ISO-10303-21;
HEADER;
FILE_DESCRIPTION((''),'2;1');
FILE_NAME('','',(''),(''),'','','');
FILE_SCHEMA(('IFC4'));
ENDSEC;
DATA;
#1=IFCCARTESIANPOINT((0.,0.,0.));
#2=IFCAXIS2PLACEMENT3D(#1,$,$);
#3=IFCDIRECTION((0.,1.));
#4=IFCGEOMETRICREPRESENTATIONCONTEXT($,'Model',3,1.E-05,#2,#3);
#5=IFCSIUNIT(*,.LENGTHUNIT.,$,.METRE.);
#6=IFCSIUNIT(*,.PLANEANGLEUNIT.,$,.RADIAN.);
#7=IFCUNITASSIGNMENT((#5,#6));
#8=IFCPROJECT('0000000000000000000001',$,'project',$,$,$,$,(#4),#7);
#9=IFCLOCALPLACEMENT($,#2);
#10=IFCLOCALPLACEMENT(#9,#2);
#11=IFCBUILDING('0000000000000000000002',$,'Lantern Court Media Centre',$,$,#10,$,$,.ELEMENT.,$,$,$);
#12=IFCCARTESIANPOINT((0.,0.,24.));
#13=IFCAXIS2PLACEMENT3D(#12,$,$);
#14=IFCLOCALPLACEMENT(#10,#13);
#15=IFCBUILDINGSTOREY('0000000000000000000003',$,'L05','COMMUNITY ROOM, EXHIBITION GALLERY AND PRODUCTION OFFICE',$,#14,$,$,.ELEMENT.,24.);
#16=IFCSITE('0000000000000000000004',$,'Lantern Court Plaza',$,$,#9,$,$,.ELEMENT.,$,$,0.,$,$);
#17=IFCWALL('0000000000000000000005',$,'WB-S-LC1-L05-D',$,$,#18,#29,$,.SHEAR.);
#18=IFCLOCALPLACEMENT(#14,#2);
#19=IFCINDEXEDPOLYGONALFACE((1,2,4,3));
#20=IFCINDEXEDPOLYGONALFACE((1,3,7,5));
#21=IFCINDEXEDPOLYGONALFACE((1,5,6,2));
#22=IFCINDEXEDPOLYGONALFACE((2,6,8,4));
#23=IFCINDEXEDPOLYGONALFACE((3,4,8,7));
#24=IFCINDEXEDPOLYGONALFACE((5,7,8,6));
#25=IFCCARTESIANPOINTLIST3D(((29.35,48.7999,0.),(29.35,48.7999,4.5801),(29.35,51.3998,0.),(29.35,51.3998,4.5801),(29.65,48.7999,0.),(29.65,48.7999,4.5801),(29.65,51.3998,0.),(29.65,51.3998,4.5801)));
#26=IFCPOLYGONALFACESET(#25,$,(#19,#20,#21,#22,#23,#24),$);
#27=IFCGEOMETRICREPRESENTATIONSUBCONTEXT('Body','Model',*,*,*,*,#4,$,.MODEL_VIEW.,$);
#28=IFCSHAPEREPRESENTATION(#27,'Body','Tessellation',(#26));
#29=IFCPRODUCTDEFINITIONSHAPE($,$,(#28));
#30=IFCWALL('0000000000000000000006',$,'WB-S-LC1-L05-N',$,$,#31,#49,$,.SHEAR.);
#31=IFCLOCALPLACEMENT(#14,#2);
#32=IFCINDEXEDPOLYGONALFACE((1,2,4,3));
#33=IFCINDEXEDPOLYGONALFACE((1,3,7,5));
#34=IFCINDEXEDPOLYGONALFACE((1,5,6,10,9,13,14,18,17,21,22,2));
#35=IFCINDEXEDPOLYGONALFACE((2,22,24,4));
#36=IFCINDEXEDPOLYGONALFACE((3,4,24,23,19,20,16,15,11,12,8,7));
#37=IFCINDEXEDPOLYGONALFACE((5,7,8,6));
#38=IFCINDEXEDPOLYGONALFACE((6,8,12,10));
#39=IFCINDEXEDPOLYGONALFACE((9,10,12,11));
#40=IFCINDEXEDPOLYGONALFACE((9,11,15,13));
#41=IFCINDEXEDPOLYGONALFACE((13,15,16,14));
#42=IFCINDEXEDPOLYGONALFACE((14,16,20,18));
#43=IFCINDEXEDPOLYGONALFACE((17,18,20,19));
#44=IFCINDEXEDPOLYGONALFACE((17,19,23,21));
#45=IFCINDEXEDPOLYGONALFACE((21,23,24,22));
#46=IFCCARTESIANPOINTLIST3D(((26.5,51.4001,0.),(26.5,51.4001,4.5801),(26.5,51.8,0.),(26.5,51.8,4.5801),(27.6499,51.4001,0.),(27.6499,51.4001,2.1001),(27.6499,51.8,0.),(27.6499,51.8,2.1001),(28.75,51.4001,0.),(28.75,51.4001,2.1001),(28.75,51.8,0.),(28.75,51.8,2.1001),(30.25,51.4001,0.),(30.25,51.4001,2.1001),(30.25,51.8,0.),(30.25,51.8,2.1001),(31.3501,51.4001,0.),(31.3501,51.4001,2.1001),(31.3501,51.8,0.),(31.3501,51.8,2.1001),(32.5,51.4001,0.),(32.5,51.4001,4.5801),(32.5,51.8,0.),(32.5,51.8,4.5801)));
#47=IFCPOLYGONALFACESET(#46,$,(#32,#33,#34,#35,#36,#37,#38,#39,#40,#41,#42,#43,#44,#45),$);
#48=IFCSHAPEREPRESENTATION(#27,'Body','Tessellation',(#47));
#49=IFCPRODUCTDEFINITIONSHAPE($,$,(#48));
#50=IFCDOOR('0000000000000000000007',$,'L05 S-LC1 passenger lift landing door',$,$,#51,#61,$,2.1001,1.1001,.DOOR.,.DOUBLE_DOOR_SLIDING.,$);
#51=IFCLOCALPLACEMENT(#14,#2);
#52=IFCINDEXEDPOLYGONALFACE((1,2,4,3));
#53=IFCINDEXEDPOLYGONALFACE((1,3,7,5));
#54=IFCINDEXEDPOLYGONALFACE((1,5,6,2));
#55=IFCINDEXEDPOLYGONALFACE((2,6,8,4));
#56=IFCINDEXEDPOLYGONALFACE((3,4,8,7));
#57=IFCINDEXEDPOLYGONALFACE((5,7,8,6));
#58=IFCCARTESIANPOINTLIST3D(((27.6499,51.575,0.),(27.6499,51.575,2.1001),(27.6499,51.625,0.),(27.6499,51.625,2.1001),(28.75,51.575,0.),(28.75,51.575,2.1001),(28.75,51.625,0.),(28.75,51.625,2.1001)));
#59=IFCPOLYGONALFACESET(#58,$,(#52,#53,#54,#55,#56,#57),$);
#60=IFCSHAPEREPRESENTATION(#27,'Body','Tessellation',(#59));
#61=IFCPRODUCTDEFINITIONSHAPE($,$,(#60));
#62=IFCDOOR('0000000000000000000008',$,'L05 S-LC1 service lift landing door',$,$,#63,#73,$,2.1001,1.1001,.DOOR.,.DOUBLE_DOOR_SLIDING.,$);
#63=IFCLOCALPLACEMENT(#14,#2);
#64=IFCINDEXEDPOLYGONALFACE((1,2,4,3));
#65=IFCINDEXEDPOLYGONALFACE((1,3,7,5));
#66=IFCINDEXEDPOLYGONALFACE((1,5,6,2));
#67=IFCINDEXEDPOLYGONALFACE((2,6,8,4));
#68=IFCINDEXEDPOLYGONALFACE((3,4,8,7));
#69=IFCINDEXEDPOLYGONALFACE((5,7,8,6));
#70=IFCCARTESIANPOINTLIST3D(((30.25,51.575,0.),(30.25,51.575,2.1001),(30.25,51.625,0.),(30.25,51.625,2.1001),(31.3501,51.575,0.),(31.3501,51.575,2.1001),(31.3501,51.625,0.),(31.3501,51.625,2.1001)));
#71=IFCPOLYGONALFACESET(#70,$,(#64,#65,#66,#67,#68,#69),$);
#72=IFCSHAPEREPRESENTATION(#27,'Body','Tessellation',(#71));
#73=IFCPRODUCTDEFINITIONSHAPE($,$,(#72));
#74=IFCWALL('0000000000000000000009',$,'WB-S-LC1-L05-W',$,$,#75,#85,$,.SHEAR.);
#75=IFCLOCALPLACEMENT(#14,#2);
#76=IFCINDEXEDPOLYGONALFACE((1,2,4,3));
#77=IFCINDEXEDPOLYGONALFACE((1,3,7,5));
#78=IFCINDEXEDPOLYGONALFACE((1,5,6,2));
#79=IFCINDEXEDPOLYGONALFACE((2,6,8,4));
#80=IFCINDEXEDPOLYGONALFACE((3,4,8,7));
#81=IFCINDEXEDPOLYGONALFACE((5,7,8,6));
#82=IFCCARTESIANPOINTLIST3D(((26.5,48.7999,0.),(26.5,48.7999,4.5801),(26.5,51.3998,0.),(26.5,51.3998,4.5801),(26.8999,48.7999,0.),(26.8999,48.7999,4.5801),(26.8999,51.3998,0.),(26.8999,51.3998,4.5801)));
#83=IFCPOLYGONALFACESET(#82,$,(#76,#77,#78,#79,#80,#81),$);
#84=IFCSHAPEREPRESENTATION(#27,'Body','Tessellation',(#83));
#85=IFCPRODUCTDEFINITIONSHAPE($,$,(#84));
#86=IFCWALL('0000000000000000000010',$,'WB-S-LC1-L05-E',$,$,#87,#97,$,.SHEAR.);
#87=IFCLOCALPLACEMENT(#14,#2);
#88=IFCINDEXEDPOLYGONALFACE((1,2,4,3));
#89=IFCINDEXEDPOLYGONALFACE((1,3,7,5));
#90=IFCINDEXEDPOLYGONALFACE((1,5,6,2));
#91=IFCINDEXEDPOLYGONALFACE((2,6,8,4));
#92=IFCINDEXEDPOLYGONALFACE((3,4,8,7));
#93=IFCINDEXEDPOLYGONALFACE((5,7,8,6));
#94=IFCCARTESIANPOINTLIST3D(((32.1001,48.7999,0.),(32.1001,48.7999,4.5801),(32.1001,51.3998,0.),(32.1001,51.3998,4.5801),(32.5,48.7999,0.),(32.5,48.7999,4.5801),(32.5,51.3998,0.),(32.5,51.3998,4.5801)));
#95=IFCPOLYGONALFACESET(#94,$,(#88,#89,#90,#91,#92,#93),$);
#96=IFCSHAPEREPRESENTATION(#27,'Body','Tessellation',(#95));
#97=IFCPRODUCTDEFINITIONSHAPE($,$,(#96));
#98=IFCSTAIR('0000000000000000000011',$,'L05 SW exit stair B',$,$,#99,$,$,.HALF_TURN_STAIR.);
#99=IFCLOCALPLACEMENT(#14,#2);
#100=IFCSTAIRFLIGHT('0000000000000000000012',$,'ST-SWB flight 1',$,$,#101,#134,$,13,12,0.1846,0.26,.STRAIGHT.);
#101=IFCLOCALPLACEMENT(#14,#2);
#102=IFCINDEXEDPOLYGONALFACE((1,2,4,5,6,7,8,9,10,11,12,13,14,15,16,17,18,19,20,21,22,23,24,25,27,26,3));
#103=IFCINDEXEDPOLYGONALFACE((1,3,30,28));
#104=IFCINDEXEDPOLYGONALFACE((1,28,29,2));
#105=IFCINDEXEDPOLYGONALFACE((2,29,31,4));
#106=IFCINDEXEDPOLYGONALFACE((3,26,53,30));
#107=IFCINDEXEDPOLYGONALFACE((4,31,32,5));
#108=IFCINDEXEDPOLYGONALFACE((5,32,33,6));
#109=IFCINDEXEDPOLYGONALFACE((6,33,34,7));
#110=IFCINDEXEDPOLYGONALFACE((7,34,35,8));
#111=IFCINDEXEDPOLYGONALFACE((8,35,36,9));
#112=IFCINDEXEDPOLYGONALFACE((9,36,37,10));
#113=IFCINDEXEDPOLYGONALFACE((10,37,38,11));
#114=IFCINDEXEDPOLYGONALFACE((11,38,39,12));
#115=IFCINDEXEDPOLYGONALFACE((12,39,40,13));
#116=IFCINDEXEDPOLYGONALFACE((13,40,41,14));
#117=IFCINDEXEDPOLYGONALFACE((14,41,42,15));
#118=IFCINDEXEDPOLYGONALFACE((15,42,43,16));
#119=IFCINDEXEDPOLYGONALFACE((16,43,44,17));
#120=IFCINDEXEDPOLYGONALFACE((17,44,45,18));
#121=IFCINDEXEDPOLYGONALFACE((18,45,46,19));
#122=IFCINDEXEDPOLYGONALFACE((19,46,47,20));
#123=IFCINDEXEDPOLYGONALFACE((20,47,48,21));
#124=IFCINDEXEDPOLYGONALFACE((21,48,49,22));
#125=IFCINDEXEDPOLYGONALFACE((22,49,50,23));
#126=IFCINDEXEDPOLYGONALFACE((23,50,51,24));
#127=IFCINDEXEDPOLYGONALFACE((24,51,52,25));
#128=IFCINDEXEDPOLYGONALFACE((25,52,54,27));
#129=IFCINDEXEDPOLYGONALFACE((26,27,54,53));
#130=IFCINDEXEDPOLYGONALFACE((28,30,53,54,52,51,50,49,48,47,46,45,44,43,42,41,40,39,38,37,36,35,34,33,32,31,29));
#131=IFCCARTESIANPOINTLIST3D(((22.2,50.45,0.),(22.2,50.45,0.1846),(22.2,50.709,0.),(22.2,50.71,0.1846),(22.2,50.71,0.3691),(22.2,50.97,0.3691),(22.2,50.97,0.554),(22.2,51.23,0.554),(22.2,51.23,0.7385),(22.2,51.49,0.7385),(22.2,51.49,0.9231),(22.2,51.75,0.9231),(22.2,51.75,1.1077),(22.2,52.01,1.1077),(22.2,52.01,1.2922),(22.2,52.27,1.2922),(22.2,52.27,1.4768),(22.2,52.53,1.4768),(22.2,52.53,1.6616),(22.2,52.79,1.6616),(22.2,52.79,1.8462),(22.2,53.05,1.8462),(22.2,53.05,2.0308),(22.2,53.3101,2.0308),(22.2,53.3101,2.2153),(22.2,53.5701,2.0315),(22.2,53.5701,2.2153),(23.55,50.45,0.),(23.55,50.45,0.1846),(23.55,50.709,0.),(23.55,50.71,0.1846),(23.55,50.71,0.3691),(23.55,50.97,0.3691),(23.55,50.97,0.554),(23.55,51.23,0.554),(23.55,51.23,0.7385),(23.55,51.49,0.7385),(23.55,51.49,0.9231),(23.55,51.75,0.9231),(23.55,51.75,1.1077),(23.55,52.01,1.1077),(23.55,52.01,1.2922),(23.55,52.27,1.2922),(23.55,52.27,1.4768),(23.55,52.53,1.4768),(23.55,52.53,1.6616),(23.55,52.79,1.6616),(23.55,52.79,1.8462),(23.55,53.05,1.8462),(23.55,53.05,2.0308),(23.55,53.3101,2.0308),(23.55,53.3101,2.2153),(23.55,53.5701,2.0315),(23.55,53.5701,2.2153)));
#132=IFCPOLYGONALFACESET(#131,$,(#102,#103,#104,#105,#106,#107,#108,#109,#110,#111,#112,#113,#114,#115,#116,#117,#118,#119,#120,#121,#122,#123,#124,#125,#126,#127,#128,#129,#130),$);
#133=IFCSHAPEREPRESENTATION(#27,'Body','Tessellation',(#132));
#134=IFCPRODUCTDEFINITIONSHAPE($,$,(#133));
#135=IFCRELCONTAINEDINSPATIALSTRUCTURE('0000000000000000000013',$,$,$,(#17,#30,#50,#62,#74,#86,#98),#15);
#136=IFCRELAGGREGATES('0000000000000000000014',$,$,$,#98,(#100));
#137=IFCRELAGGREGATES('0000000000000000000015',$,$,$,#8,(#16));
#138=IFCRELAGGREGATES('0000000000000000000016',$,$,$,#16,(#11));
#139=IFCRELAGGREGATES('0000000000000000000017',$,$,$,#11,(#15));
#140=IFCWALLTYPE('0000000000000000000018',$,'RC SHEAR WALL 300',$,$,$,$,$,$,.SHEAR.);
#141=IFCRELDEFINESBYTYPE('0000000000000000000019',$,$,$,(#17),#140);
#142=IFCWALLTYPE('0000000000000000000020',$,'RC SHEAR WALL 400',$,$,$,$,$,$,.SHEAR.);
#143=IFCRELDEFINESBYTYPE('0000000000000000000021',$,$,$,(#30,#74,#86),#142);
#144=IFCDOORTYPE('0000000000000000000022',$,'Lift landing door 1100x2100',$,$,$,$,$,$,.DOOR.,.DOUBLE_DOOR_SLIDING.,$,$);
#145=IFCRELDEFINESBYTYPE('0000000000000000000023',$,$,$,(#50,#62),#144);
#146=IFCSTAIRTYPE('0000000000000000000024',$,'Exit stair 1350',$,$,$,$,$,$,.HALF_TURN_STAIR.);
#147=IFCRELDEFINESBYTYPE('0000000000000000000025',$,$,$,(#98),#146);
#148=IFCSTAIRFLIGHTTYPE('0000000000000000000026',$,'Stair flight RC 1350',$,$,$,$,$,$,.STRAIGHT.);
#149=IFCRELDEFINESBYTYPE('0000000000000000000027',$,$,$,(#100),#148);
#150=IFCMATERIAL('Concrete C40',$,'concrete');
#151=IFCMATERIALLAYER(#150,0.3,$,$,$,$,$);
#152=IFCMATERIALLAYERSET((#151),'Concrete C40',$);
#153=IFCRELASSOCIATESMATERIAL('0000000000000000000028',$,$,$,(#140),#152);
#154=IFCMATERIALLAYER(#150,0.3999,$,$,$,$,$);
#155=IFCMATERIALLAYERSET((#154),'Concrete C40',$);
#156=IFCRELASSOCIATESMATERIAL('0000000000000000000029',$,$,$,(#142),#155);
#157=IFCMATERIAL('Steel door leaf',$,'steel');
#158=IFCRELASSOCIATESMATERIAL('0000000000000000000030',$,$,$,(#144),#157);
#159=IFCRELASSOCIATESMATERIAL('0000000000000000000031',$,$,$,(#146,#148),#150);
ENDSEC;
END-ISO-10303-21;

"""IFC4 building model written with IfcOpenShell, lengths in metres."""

from ifc_helpers import new_model, si_unit, direction, frame, frame_2d, origin, place, context, subcontext, project, spatial, polyline, rectangle, outline, extrude, material, layer, layer_set, type_object, element, fill, aggregate, save


model = new_model("IFC4")

# Units and contexts
model_context = context("Model", 3, precision=1e-05, world=origin(), true_north=direction((0.0, 1.0)))
body_context = subcontext(model_context, "Body", "Model", "MODEL_VIEW")
ifc_project = project(units=[si_unit("LENGTHUNIT", "METRE"), si_unit("PLANEANGLEUNIT", "RADIAN")], contexts=[model_context])

# Site, building, storey
site_placement = place(None, origin())
site = spatial("IfcSite", under=ifc_project, at=site_placement, Name="Lantern Court Plaza", CompositionType="ELEMENT", RefElevation=0.0)
building_placement = place(site_placement, origin())
building = spatial("IfcBuilding", under=site, at=building_placement, Name="Lantern Court Media Centre", CompositionType="ELEMENT")
storey_placement = place(building_placement, frame((0.0, 0.0, 24.0)))
storey = spatial("IfcBuildingStorey", under=building, at=storey_placement, Name="L05", Description="COMMUNITY ROOM, EXHIBITION GALLERY AND PRODUCTION OFFICE", CompositionType="ELEMENT", Elevation=24.0)

# Wall
ifc_material_1 = material(Name="Concrete C40", Category="concrete")
ifc_layer_1 = layer(ifc_material_1, 0.3)
ifc_layer_set_1 = layer_set([ifc_layer_1], Name="Concrete C40")
wall_type_1 = type_object("IfcWallType", Name="RC SHEAR WALL 300", PredefinedType="SHEAR", material=ifc_layer_set_1)
wall_1_placement = place(storey_placement, frame((29.5, 48.8, 0.0), z_axis=(0.0, 0.0, 1.0), x_axis=(0.0, 1.0, 0.0)))
element("IfcWall", 1, at=wall_1_placement, inside=storey, type_object=wall_type_1, Name="WB-S-LC1-L05-D", PredefinedType="SHEAR", context=body_context, shape_type="SweptSolid", body=[
    extrude(rectangle(XDim=2.5999, YDim=0.3, at=frame_2d((1.2998, 0.0))), origin(), (0.0, 0.0, 1.0), 4.5801),
])

# Wall, openings, doors
ifc_layer_2 = layer(ifc_material_1, 0.3999)
ifc_layer_set_2 = layer_set([ifc_layer_2], Name="Concrete C40")
wall_type_2 = type_object("IfcWallType", Name="RC SHEAR WALL 400", PredefinedType="SHEAR", material=ifc_layer_set_2)
wall_2_placement = place(storey_placement, frame((26.5, 51.6001, 0.0), z_axis=(0.0, 0.0, 1.0), x_axis=(1.0, 0.0, 0.0)))
wall_2 = element("IfcWall", 2, at=wall_2_placement, inside=storey, type_object=wall_type_2, Name="WB-S-LC1-L05-N", PredefinedType="SHEAR", context=body_context, shape_type="SweptSolid", body=[
    extrude(rectangle(XDim=6.0, YDim=0.3999, at=frame_2d((3.0, 0.0))), origin(), (0.0, 0.0, 1.0), 4.5801),
])
opening_1_placement = place(wall_2_placement, frame((1.1499, 0.0, 0.0)))
opening_1 = element("IfcOpeningElement", 3, at=opening_1_placement, cuts=wall_2, PredefinedType="OPENING", context=body_context, shape_type="SweptSolid", body=[
    extrude(rectangle(XDim=1.1001, YDim=2.1001, at=frame_2d((0.55, 1.05))), frame((0.0, 0.21, 0.0), z_axis=(0.0, -1.0, 0.0), x_axis=(1.0, 0.0, 0.0)), (0.0, 0.0, 1.0), 0.4199),
])
opening_2_placement = place(wall_2_placement, frame((3.75, 0.0, 0.0)))
opening_2 = element("IfcOpeningElement", 4, at=opening_2_placement, cuts=wall_2, PredefinedType="OPENING", context=body_context, shape_type="SweptSolid", body=[
    extrude(rectangle(XDim=1.1001, YDim=2.1001, at=frame_2d((0.55, 1.05))), frame((0.0, 0.21, 0.0), z_axis=(0.0, -1.0, 0.0), x_axis=(1.0, 0.0, 0.0)), (0.0, 0.0, 1.0), 0.4199),
])
ifc_material_2 = material(Name="Steel door leaf", Category="steel")
door_type_1 = type_object("IfcDoorType", Name="Lift landing door 1100x2100", OperationType="DOUBLE_DOOR_SLIDING", PredefinedType="DOOR", material=ifc_material_2)
door_1_placement = place(opening_1_placement, origin())
door_1 = element("IfcDoor", 5, at=door_1_placement, inside=storey, type_object=door_type_1, Name="L05 S-LC1 passenger lift landing door", OperationType="DOUBLE_DOOR_SLIDING", OverallHeight=2.1001, OverallWidth=1.1001, PredefinedType="DOOR", context=body_context, shape_type="SweptSolid", body=[
    extrude(rectangle(XDim=1.1001, YDim=2.1001, at=frame_2d((0.55, 1.05))), frame((0.0, 0.0249, 0.0), z_axis=(0.0, -1.0, 0.0), x_axis=(1.0, 0.0, 0.0)), (0.0, 0.0, 1.0), 0.05),
])
fill(opening_1, door_1)
door_2_placement = place(opening_2_placement, origin())
door_2 = element("IfcDoor", 6, at=door_2_placement, inside=storey, type_object=door_type_1, Name="L05 S-LC1 service lift landing door", OperationType="DOUBLE_DOOR_SLIDING", OverallHeight=2.1001, OverallWidth=1.1001, PredefinedType="DOOR", context=body_context, shape_type="SweptSolid", body=[
    extrude(rectangle(XDim=1.1001, YDim=2.1001, at=frame_2d((0.55, 1.05))), frame((0.0, 0.0249, 0.0), z_axis=(0.0, -1.0, 0.0), x_axis=(1.0, 0.0, 0.0)), (0.0, 0.0, 1.0), 0.05),
])
fill(opening_2, door_2)

# Walls
for number, where, z_axis, x_axis, name in (
    (7, (26.7, 48.8, 0.0), (0.0, 0.0, 1.0), (0.0, 1.0, 0.0), "WB-S-LC1-L05-W"),
    (8, (32.3, 48.8, 0.0), (0.0, 0.0, 1.0), (0.0, 1.0, 0.0), "WB-S-LC1-L05-E"),
):
    element("IfcWall", number, at=place(storey_placement, frame(where, z_axis=z_axis, x_axis=x_axis)), inside=storey, type_object=wall_type_2, Name=name, PredefinedType="SHEAR", context=body_context, shape_type="SweptSolid", body=[
        extrude(rectangle(XDim=2.5999, YDim=0.3999, at=frame_2d((1.2998, 0.0))), origin(), (0.0, 0.0, 1.0), 4.5801),
    ])

# Stair, stair flight
stair_type = type_object("IfcStairType", Name="Exit stair 1350", PredefinedType="HALF_TURN_STAIR", material=ifc_material_1)
stair_placement = place(storey_placement, origin())
stair = element("IfcStair", 9, at=stair_placement, inside=storey, type_object=stair_type, Name="L05 SW exit stair B", PredefinedType="HALF_TURN_STAIR")
stair_flight_type = type_object("IfcStairFlightType", Name="Stair flight RC 1350", PredefinedType="STRAIGHT", material=ifc_material_1)
stair_flight_placement = place(storey_placement, frame((22.875, 50.45, 0.0), z_axis=(0.0, 0.0, 1.0), x_axis=(0.0, 1.0, 0.0)))
stair_flight = element("IfcStairFlight", 10, at=stair_flight_placement, type_object=stair_flight_type, Name="ST-SWB flight 1", NumberOfRisers=13, NumberOfTreads=12, PredefinedType="STRAIGHT", RiserHeight=0.1846, TreadLength=0.26, context=body_context, shape_type="SweptSolid", body=[
    extrude(outline(polyline([(0.0, 0.0), (0.0, 0.1846), (0.26, 0.1846), (0.26, 0.3691), (0.52, 0.3691), (0.52, 0.554), (0.78, 0.554), (0.78, 0.7385), (1.04, 0.7385), (1.04, 0.9231), (1.3, 0.9231), (1.3, 1.1077), (1.5601, 1.1077), (1.5601, 1.2922), (1.8201, 1.2922), (1.8201, 1.4768), (2.0801, 1.4768), (2.0801, 1.6616), (2.3401, 1.6616), (2.3401, 1.8462), (2.6001, 1.8462), (2.6001, 2.0308), (2.8601, 2.0308), (2.8601, 2.2153), (3.1201, 2.2153), (3.1201, 2.3999), (3.1201, 2.0315), (0.259, 0.0), (0.0, 0.0)])), frame((0.0, 0.675, 0.0), z_axis=(0.0, -1.0, 0.0), x_axis=(1.0, 0.0, 0.0)), (0.0, 0.0, 1.0), 1.3501),
])
aggregate(stair, [stair_flight])

save(model, "model.ifc")
